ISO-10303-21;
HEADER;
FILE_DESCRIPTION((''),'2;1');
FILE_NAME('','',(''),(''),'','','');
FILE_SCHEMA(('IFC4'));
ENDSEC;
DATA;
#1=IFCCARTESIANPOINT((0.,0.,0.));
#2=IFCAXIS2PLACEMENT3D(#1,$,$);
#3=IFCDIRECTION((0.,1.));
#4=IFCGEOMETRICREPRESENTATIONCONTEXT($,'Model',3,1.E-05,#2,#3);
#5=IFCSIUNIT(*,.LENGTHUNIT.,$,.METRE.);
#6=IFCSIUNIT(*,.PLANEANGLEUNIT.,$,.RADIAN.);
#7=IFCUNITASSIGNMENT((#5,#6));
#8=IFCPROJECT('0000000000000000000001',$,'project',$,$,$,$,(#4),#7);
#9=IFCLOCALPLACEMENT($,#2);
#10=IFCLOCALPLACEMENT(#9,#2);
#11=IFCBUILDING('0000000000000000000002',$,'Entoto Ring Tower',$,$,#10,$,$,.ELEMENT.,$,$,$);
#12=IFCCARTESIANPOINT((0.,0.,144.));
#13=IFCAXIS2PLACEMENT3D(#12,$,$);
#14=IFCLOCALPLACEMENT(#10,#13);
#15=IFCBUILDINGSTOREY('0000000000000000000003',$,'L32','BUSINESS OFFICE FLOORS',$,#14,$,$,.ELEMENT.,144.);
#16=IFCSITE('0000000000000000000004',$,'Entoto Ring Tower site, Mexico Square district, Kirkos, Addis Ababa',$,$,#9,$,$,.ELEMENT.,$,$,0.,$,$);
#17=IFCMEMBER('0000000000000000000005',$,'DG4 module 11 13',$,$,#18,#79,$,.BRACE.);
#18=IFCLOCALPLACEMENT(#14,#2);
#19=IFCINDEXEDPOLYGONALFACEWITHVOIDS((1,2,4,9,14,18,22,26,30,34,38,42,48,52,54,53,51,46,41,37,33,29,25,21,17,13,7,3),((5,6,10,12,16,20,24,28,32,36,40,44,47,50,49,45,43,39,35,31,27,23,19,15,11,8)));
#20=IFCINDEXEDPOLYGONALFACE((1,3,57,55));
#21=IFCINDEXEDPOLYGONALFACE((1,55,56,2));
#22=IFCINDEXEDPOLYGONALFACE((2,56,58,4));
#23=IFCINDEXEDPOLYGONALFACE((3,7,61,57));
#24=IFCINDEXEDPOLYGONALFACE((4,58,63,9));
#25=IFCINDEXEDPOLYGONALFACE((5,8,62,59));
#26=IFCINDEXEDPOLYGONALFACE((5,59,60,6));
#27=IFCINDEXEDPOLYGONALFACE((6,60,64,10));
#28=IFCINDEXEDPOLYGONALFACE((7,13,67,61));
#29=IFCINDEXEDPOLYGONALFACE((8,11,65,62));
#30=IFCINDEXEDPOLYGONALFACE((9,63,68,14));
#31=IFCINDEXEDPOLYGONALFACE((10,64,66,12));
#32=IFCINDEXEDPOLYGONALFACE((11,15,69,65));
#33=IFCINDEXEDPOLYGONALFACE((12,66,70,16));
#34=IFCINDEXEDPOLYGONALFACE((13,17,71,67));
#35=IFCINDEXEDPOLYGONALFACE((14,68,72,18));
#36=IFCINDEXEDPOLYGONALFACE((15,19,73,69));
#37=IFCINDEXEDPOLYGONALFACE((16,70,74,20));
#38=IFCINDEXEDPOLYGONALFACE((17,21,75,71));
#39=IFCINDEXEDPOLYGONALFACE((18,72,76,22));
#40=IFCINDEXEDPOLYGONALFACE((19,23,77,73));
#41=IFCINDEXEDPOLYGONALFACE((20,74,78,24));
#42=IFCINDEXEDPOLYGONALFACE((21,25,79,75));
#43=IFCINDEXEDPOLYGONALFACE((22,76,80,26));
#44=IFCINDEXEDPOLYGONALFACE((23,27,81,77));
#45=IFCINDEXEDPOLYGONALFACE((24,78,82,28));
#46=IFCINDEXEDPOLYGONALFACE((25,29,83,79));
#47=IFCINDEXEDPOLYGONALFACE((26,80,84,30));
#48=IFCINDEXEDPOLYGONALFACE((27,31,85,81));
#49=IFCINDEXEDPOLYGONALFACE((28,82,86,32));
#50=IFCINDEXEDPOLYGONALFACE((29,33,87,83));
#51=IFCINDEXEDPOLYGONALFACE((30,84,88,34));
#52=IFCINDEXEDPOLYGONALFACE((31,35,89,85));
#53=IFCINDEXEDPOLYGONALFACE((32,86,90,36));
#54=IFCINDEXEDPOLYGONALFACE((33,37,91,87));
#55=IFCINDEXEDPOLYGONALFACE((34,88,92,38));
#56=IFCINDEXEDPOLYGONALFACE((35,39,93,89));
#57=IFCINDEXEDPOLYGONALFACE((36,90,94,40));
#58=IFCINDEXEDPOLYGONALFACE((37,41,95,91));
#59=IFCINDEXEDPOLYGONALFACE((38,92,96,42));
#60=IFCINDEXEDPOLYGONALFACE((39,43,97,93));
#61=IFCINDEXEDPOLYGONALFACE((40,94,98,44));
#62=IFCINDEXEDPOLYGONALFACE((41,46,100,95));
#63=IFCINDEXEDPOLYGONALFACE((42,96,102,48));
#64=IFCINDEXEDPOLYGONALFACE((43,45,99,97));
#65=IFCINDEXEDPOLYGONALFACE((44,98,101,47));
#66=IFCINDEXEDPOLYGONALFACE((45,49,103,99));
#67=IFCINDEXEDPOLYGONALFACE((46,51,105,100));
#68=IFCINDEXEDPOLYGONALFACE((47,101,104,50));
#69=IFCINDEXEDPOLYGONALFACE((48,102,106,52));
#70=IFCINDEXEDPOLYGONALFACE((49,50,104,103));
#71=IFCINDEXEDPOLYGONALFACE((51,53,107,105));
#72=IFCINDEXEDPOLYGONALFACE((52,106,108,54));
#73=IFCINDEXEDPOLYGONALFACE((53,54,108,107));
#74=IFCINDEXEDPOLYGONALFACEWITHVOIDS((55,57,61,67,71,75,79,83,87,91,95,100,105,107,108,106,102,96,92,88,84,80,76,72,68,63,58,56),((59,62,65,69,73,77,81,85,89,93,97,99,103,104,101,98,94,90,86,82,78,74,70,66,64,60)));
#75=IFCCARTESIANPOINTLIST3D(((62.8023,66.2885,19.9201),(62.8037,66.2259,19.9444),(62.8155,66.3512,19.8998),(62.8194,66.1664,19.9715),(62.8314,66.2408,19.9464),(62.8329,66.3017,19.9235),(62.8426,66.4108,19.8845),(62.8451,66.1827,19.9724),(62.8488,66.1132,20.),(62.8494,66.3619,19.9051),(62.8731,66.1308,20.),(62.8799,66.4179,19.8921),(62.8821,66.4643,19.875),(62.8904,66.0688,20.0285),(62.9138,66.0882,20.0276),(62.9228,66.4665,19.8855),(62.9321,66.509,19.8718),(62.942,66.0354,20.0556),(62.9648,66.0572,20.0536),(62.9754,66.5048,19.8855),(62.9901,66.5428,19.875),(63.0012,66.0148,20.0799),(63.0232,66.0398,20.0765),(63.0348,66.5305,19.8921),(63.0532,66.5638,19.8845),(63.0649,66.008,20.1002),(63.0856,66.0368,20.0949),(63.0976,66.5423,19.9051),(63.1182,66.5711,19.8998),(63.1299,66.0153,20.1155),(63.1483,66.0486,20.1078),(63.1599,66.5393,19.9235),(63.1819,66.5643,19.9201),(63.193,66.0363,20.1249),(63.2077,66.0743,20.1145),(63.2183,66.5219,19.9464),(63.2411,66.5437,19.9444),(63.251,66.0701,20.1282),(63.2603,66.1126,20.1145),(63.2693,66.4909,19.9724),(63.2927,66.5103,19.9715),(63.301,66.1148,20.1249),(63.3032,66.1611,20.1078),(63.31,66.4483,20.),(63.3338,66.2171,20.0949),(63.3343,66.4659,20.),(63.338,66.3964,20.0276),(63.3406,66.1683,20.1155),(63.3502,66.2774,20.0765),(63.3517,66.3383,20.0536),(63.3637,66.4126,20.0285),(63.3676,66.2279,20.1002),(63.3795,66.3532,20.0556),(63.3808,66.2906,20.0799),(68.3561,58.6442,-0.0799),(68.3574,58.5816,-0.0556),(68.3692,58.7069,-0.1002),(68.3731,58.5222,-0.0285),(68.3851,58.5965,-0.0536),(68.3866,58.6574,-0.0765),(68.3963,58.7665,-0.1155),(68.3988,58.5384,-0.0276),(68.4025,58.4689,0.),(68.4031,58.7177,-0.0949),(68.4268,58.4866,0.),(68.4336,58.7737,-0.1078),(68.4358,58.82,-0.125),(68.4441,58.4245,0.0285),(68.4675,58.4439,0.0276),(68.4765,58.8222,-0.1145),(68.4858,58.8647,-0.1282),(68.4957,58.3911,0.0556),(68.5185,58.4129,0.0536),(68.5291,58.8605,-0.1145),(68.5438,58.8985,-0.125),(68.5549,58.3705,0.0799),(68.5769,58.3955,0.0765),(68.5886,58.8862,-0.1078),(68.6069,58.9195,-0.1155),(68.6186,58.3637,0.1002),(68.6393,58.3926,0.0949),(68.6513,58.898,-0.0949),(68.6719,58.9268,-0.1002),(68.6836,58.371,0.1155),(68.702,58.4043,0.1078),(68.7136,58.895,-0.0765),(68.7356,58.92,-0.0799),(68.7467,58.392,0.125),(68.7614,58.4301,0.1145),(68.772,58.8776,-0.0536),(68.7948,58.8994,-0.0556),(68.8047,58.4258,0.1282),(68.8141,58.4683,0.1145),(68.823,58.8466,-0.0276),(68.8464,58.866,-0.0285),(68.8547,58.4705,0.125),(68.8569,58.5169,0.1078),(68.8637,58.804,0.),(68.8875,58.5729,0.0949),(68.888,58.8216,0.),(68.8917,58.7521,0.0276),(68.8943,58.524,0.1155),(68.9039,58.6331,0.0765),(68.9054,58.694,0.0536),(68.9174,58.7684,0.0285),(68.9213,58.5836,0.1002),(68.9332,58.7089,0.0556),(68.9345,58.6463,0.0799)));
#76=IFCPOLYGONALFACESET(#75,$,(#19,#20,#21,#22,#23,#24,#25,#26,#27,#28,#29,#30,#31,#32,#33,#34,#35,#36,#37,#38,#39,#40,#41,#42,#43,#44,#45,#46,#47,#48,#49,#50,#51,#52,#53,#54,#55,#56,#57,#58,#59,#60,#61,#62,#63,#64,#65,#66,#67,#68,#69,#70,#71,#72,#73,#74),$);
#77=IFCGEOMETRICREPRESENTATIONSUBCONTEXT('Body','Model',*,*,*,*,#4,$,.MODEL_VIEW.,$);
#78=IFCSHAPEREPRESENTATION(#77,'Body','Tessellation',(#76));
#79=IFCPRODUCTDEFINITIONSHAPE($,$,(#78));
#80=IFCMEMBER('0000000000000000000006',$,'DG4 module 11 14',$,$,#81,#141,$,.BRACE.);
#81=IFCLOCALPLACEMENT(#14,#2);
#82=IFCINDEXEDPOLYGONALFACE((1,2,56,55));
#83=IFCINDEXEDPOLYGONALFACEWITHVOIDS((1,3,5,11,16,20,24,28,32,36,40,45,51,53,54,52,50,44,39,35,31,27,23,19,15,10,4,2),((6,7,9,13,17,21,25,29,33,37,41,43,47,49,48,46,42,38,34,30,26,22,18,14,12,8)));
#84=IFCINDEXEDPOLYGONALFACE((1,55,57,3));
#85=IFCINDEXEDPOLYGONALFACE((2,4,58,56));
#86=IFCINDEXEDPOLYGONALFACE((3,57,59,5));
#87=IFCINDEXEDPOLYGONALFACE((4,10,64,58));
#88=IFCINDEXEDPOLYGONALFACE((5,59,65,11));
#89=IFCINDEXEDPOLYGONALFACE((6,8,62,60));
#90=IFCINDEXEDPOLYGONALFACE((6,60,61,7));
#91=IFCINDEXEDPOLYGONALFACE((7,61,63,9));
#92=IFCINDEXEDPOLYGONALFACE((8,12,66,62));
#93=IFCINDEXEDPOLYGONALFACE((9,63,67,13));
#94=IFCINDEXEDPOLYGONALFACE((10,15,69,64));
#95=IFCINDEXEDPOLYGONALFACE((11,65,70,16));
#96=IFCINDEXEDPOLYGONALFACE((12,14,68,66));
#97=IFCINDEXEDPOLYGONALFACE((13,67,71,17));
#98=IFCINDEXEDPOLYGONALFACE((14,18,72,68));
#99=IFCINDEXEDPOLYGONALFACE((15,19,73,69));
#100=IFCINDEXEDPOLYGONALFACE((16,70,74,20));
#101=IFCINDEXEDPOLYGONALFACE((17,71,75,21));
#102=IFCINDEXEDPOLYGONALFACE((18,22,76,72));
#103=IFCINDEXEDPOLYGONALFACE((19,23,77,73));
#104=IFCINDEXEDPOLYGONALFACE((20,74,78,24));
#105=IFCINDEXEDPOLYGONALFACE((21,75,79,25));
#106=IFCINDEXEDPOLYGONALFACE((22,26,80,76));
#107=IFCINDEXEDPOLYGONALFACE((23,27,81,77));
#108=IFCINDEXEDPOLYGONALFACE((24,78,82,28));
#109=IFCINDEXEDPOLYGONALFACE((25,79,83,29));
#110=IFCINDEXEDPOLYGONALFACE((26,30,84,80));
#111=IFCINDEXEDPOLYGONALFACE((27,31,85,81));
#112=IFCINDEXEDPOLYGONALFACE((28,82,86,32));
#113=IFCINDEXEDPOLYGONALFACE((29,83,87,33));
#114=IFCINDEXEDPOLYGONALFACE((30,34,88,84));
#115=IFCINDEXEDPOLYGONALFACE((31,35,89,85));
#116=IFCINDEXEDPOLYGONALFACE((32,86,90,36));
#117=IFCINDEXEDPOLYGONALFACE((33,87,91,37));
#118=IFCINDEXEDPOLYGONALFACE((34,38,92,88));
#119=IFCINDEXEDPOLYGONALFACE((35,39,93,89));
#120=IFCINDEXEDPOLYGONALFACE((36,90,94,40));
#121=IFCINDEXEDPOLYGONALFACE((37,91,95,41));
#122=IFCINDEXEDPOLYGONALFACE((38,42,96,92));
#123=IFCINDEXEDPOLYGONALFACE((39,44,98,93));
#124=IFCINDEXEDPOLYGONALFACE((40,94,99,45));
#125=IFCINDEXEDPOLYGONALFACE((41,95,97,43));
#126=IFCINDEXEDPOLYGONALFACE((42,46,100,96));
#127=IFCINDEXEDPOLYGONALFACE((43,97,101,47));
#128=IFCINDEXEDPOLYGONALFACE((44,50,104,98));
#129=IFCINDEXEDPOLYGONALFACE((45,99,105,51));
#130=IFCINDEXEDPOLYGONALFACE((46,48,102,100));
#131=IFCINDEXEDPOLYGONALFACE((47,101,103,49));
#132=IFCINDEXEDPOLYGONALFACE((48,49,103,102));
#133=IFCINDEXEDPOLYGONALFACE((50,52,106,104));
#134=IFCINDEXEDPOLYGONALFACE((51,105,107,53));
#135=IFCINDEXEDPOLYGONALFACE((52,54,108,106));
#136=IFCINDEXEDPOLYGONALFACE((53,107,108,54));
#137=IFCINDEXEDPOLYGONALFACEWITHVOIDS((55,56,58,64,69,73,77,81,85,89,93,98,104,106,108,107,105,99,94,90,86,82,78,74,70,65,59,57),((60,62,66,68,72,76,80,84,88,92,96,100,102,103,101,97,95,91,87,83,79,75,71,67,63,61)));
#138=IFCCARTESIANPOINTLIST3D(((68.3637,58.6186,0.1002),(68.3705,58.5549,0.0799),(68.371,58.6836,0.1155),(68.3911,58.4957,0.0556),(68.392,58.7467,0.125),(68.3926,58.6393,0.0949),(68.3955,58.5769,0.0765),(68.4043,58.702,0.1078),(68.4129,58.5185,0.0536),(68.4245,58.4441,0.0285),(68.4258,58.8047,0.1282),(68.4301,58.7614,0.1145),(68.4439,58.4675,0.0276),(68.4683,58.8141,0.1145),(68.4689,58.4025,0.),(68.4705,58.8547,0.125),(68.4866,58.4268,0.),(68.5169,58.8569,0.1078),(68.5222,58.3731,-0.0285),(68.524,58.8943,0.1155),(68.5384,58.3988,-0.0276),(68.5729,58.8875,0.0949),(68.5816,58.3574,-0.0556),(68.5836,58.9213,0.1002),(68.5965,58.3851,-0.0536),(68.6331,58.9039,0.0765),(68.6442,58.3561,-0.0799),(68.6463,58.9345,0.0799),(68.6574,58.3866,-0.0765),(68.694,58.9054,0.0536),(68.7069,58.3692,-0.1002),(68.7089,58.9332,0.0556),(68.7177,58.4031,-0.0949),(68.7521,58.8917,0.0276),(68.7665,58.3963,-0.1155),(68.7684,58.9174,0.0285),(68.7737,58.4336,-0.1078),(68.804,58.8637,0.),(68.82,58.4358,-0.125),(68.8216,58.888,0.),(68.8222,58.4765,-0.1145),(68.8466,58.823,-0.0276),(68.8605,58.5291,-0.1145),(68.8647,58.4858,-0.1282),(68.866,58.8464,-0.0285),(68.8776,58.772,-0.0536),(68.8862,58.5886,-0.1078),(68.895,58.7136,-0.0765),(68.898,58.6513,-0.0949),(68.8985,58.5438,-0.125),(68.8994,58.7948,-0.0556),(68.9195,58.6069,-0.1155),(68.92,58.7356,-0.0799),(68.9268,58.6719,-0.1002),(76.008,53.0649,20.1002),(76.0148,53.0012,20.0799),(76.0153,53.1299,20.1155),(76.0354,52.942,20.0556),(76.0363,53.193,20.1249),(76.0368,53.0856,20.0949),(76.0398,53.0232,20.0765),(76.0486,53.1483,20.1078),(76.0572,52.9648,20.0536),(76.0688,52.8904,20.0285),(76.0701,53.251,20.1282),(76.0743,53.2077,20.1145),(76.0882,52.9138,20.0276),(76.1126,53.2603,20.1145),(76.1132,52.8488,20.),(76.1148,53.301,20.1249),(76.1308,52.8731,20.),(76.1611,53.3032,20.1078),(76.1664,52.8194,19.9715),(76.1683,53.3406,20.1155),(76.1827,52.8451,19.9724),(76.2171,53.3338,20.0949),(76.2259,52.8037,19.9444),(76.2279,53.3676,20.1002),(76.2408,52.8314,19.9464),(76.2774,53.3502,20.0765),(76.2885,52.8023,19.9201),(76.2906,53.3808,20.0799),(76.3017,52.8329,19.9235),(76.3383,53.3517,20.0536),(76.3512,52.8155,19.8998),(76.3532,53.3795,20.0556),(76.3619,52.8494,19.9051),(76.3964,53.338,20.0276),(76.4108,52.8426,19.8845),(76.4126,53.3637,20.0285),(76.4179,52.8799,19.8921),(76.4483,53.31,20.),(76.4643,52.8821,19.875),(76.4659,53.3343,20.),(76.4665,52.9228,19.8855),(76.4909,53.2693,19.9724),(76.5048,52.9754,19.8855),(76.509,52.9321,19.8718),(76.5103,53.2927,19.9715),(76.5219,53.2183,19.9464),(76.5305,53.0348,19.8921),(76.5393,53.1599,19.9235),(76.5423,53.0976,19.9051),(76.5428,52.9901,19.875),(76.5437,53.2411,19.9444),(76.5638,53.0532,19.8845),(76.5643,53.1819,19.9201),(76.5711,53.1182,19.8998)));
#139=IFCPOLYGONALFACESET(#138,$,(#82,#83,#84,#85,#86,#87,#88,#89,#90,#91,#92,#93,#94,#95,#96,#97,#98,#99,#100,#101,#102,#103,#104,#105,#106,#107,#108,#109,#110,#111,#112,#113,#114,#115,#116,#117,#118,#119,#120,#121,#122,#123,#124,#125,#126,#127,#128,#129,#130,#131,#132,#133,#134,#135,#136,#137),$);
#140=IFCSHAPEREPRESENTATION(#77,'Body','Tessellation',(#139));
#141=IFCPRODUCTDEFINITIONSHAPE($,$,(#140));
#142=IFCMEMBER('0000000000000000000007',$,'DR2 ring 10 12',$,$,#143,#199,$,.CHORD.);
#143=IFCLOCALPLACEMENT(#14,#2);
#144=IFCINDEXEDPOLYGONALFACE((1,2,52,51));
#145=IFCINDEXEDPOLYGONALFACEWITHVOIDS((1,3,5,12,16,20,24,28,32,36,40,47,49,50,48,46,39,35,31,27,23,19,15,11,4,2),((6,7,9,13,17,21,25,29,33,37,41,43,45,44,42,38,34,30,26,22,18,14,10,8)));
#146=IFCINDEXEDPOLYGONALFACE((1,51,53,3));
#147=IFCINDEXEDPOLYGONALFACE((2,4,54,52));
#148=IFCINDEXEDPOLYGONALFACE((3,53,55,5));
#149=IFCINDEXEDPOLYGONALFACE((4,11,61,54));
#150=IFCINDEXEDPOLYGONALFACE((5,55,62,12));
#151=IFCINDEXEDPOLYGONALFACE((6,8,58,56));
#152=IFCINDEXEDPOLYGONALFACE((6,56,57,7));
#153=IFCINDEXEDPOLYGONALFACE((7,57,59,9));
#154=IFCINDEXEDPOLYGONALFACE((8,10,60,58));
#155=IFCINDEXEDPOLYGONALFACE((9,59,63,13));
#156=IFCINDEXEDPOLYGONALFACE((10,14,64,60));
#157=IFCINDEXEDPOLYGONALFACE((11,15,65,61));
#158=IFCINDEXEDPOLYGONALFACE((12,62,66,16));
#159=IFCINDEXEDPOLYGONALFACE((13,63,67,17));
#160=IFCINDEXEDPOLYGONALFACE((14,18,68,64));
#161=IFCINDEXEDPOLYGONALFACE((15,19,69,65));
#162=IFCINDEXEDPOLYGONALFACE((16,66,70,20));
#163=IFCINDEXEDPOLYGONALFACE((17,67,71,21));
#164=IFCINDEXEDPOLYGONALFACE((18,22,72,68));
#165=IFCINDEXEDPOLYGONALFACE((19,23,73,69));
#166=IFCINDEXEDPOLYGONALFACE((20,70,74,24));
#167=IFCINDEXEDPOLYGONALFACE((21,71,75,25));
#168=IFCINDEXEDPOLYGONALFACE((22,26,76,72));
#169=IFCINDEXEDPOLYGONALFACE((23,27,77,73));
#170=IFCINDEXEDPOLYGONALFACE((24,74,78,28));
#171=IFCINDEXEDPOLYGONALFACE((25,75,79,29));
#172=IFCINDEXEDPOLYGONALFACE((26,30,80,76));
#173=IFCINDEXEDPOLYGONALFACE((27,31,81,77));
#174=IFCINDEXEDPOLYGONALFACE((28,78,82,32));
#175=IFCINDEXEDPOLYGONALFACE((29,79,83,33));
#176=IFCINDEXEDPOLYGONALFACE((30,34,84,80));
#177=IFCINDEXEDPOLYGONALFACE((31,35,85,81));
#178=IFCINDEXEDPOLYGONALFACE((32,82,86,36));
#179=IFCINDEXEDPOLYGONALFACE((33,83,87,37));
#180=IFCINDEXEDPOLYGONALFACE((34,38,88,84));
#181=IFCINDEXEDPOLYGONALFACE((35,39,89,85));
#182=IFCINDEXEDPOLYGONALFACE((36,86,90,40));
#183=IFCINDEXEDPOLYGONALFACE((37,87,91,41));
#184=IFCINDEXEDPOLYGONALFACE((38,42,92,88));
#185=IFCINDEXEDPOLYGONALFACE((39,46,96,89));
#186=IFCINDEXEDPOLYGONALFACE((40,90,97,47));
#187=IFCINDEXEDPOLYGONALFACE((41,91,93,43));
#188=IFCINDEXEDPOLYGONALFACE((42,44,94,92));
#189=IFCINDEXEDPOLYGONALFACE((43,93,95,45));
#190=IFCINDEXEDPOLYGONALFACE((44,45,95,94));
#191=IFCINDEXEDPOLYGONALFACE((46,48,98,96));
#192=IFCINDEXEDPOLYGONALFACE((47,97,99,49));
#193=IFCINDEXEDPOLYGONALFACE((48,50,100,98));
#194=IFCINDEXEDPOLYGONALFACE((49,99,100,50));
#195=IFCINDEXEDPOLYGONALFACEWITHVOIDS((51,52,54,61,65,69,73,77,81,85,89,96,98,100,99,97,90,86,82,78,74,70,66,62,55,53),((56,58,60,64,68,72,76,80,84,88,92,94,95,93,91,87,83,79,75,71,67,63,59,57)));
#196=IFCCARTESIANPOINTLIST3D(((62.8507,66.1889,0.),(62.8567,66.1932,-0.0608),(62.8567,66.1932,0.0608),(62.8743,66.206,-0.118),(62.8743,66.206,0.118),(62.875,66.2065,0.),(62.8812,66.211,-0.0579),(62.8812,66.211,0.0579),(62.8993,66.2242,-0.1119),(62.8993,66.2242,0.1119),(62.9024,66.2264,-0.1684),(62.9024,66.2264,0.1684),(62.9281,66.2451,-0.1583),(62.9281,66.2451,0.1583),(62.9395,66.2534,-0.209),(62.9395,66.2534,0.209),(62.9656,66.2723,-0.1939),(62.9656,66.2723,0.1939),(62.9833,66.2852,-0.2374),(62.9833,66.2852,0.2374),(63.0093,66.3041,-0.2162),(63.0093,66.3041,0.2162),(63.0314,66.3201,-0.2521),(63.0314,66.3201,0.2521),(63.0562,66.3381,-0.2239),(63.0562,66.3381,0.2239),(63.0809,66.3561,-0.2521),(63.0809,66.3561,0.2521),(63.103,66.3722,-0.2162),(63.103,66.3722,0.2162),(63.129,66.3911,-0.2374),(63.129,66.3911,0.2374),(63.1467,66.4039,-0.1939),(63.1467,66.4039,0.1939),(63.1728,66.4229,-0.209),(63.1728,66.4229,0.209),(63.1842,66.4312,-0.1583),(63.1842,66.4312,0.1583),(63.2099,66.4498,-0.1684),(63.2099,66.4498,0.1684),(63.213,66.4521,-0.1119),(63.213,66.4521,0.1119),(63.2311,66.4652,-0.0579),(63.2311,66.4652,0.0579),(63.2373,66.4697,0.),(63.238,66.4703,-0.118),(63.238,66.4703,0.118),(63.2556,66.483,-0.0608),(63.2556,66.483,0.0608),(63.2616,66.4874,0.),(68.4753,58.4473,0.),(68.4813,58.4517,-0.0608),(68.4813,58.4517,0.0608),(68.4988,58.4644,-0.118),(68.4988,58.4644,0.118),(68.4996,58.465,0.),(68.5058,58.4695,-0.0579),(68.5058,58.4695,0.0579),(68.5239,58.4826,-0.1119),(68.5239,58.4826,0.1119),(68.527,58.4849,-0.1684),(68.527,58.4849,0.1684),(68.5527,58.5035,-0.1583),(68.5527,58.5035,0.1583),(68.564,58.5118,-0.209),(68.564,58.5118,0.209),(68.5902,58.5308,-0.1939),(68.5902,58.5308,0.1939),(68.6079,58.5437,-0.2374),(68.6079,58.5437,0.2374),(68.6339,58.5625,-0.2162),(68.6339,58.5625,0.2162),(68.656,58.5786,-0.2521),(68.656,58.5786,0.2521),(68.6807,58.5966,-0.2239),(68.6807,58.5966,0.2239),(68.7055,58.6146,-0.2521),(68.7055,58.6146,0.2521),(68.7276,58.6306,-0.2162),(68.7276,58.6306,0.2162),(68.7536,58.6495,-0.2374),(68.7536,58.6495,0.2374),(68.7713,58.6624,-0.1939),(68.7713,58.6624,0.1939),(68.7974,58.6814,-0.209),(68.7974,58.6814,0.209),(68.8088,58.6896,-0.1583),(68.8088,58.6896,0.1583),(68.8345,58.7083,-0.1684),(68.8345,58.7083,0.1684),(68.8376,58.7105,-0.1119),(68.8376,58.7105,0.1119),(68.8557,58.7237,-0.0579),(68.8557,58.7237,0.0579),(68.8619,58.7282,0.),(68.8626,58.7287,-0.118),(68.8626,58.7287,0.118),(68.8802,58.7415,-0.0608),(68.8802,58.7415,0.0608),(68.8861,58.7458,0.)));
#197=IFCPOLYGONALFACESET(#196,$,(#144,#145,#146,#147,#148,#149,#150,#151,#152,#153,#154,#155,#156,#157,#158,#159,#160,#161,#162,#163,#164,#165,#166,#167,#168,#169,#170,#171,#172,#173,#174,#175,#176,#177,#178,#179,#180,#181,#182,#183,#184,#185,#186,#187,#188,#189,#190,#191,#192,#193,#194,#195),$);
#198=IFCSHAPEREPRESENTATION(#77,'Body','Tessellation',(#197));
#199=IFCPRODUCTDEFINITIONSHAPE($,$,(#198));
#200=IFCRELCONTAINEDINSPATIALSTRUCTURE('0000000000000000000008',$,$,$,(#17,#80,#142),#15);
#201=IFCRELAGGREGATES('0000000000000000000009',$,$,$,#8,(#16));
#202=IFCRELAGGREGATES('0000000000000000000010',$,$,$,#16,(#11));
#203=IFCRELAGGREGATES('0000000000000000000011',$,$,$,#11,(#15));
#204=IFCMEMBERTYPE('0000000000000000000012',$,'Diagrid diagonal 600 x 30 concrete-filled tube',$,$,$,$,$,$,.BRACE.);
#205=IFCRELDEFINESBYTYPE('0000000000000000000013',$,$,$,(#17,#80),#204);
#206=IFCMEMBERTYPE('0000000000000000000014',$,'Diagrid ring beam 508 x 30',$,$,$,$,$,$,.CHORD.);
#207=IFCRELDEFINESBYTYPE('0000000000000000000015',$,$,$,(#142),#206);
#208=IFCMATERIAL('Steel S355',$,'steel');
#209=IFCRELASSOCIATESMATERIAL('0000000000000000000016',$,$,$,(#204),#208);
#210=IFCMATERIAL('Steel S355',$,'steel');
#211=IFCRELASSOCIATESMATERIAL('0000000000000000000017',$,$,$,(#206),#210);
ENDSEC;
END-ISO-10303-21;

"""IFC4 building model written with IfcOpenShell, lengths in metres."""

from ifc_helpers import new_model, si_unit, direction, frame, origin, origin_2d, place, context, subcontext, project, spatial, circle, hollow_circle, extrude, material, material_profile, profile_set, type_object, element, save


model = new_model("IFC4")

# Units and contexts
model_context = context("Model", 3, precision=1e-05, world=origin(), true_north=direction((0.0, 1.0)))
body_context = subcontext(model_context, "Body", "Model", "MODEL_VIEW")
ifc_project = project(units=[si_unit("LENGTHUNIT", "METRE"), si_unit("PLANEANGLEUNIT", "RADIAN")], contexts=[model_context])

# Site, building, storey
site_placement = place(None, origin())
site = spatial("IfcSite", under=ifc_project, at=site_placement, Name="Entoto Ring Tower site, Mexico Square district, Kirkos, Addis Ababa", CompositionType="ELEMENT", RefElevation=0.0)
building_placement = place(site_placement, origin())
building = spatial("IfcBuilding", under=site, at=building_placement, Name="Entoto Ring Tower", CompositionType="ELEMENT")
storey_placement = place(building_placement, frame((0.0, 0.0, 144.0)))
storey = spatial("IfcBuildingStorey", under=building, at=storey_placement, Name="L32", Description="BUSINESS OFFICE FLOORS", CompositionType="ELEMENT", Elevation=144.0)

# Members
ifc_material_1 = material(Name="Steel S355", Category="steel")
ifc_material_profile_1 = material_profile(ifc_material_1, hollow_circle(Radius=0.3, WallThickness=0.03, at=origin_2d()), Name="CHS 600 x 30")
ifc_material_2 = material(Name="Concrete C60/75", Category="concrete")
ifc_material_profile_2 = material_profile(ifc_material_2, circle(Radius=0.27, at=origin_2d()), Name="Concrete C60/75 infill")
ifc_profile_set_1 = profile_set([ifc_material_profile_1, ifc_material_profile_2], Name="Steel S355")
member_type_1 = type_object("IfcMemberType", Name="Diagrid diagonal 600 x 30 concrete-filled tube", PredefinedType="BRACE", material=ifc_profile_set_1)
for number, where, z_axis, x_axis, name in (
    (1, (68.6453, 58.6453, 0.0), (-0.251076, 0.345588, 0.904174), (-0.809026, -0.587772, 0.0), "DG4 module 11 13"),
    (2, (68.6453, 58.6453, 0.0), (0.345588, -0.251076, 0.904174), (0.587772, 0.809026, 0.0), "DG4 module 11 14"),
):
    element("IfcMember", number, at=place(storey_placement, frame(where, z_axis=z_axis, x_axis=x_axis)), inside=storey, type_object=member_type_1, Name=name, PredefinedType="BRACE", context=body_context, shape_type="SweptSolid", body=[
        extrude(hollow_circle(Radius=0.3, WallThickness=0.03, at=origin_2d()), origin(), (0.0, 0.0, 1.0), 22.1196),
    ])
ifc_material_3 = material(Name="Steel S355", Category="steel")
ifc_material_profile_3 = material_profile(ifc_material_3, hollow_circle(Radius=0.2539, WallThickness=0.03, at=origin_2d()), Name="CHS 508 x 30")
ifc_material_4 = material(Name="Concrete C60/75", Category="concrete")
ifc_material_profile_4 = material_profile(ifc_material_4, circle(Radius=0.2241, at=origin_2d()), Name="Concrete C60/75 infill")
ifc_profile_set_2 = profile_set([ifc_material_profile_3, ifc_material_profile_4], Name="Steel S355")
member_type_2 = type_object("IfcMemberType", Name="Diagrid ring beam 508 x 30", PredefinedType="CHORD", material=ifc_profile_set_2)
for number, where, z_axis, x_axis, name in (
    (3, (63.0562, 66.3381, 0.0), (0.587786, -0.809016, 0.0), (0.809016, 0.587786, 0.0), "DR2 ring 10 12"),
):
    element("IfcMember", number, at=place(storey_placement, frame(where, z_axis=z_axis, x_axis=x_axis)), inside=storey, type_object=member_type_2, Name=name, PredefinedType="CHORD", context=body_context, shape_type="SweptSolid", body=[
        extrude(hollow_circle(Radius=0.2539, WallThickness=0.03, at=origin_2d()), origin(), (0.0, 0.0, 1.0), 9.5691),
    ])

save(model, "model.ifc")
